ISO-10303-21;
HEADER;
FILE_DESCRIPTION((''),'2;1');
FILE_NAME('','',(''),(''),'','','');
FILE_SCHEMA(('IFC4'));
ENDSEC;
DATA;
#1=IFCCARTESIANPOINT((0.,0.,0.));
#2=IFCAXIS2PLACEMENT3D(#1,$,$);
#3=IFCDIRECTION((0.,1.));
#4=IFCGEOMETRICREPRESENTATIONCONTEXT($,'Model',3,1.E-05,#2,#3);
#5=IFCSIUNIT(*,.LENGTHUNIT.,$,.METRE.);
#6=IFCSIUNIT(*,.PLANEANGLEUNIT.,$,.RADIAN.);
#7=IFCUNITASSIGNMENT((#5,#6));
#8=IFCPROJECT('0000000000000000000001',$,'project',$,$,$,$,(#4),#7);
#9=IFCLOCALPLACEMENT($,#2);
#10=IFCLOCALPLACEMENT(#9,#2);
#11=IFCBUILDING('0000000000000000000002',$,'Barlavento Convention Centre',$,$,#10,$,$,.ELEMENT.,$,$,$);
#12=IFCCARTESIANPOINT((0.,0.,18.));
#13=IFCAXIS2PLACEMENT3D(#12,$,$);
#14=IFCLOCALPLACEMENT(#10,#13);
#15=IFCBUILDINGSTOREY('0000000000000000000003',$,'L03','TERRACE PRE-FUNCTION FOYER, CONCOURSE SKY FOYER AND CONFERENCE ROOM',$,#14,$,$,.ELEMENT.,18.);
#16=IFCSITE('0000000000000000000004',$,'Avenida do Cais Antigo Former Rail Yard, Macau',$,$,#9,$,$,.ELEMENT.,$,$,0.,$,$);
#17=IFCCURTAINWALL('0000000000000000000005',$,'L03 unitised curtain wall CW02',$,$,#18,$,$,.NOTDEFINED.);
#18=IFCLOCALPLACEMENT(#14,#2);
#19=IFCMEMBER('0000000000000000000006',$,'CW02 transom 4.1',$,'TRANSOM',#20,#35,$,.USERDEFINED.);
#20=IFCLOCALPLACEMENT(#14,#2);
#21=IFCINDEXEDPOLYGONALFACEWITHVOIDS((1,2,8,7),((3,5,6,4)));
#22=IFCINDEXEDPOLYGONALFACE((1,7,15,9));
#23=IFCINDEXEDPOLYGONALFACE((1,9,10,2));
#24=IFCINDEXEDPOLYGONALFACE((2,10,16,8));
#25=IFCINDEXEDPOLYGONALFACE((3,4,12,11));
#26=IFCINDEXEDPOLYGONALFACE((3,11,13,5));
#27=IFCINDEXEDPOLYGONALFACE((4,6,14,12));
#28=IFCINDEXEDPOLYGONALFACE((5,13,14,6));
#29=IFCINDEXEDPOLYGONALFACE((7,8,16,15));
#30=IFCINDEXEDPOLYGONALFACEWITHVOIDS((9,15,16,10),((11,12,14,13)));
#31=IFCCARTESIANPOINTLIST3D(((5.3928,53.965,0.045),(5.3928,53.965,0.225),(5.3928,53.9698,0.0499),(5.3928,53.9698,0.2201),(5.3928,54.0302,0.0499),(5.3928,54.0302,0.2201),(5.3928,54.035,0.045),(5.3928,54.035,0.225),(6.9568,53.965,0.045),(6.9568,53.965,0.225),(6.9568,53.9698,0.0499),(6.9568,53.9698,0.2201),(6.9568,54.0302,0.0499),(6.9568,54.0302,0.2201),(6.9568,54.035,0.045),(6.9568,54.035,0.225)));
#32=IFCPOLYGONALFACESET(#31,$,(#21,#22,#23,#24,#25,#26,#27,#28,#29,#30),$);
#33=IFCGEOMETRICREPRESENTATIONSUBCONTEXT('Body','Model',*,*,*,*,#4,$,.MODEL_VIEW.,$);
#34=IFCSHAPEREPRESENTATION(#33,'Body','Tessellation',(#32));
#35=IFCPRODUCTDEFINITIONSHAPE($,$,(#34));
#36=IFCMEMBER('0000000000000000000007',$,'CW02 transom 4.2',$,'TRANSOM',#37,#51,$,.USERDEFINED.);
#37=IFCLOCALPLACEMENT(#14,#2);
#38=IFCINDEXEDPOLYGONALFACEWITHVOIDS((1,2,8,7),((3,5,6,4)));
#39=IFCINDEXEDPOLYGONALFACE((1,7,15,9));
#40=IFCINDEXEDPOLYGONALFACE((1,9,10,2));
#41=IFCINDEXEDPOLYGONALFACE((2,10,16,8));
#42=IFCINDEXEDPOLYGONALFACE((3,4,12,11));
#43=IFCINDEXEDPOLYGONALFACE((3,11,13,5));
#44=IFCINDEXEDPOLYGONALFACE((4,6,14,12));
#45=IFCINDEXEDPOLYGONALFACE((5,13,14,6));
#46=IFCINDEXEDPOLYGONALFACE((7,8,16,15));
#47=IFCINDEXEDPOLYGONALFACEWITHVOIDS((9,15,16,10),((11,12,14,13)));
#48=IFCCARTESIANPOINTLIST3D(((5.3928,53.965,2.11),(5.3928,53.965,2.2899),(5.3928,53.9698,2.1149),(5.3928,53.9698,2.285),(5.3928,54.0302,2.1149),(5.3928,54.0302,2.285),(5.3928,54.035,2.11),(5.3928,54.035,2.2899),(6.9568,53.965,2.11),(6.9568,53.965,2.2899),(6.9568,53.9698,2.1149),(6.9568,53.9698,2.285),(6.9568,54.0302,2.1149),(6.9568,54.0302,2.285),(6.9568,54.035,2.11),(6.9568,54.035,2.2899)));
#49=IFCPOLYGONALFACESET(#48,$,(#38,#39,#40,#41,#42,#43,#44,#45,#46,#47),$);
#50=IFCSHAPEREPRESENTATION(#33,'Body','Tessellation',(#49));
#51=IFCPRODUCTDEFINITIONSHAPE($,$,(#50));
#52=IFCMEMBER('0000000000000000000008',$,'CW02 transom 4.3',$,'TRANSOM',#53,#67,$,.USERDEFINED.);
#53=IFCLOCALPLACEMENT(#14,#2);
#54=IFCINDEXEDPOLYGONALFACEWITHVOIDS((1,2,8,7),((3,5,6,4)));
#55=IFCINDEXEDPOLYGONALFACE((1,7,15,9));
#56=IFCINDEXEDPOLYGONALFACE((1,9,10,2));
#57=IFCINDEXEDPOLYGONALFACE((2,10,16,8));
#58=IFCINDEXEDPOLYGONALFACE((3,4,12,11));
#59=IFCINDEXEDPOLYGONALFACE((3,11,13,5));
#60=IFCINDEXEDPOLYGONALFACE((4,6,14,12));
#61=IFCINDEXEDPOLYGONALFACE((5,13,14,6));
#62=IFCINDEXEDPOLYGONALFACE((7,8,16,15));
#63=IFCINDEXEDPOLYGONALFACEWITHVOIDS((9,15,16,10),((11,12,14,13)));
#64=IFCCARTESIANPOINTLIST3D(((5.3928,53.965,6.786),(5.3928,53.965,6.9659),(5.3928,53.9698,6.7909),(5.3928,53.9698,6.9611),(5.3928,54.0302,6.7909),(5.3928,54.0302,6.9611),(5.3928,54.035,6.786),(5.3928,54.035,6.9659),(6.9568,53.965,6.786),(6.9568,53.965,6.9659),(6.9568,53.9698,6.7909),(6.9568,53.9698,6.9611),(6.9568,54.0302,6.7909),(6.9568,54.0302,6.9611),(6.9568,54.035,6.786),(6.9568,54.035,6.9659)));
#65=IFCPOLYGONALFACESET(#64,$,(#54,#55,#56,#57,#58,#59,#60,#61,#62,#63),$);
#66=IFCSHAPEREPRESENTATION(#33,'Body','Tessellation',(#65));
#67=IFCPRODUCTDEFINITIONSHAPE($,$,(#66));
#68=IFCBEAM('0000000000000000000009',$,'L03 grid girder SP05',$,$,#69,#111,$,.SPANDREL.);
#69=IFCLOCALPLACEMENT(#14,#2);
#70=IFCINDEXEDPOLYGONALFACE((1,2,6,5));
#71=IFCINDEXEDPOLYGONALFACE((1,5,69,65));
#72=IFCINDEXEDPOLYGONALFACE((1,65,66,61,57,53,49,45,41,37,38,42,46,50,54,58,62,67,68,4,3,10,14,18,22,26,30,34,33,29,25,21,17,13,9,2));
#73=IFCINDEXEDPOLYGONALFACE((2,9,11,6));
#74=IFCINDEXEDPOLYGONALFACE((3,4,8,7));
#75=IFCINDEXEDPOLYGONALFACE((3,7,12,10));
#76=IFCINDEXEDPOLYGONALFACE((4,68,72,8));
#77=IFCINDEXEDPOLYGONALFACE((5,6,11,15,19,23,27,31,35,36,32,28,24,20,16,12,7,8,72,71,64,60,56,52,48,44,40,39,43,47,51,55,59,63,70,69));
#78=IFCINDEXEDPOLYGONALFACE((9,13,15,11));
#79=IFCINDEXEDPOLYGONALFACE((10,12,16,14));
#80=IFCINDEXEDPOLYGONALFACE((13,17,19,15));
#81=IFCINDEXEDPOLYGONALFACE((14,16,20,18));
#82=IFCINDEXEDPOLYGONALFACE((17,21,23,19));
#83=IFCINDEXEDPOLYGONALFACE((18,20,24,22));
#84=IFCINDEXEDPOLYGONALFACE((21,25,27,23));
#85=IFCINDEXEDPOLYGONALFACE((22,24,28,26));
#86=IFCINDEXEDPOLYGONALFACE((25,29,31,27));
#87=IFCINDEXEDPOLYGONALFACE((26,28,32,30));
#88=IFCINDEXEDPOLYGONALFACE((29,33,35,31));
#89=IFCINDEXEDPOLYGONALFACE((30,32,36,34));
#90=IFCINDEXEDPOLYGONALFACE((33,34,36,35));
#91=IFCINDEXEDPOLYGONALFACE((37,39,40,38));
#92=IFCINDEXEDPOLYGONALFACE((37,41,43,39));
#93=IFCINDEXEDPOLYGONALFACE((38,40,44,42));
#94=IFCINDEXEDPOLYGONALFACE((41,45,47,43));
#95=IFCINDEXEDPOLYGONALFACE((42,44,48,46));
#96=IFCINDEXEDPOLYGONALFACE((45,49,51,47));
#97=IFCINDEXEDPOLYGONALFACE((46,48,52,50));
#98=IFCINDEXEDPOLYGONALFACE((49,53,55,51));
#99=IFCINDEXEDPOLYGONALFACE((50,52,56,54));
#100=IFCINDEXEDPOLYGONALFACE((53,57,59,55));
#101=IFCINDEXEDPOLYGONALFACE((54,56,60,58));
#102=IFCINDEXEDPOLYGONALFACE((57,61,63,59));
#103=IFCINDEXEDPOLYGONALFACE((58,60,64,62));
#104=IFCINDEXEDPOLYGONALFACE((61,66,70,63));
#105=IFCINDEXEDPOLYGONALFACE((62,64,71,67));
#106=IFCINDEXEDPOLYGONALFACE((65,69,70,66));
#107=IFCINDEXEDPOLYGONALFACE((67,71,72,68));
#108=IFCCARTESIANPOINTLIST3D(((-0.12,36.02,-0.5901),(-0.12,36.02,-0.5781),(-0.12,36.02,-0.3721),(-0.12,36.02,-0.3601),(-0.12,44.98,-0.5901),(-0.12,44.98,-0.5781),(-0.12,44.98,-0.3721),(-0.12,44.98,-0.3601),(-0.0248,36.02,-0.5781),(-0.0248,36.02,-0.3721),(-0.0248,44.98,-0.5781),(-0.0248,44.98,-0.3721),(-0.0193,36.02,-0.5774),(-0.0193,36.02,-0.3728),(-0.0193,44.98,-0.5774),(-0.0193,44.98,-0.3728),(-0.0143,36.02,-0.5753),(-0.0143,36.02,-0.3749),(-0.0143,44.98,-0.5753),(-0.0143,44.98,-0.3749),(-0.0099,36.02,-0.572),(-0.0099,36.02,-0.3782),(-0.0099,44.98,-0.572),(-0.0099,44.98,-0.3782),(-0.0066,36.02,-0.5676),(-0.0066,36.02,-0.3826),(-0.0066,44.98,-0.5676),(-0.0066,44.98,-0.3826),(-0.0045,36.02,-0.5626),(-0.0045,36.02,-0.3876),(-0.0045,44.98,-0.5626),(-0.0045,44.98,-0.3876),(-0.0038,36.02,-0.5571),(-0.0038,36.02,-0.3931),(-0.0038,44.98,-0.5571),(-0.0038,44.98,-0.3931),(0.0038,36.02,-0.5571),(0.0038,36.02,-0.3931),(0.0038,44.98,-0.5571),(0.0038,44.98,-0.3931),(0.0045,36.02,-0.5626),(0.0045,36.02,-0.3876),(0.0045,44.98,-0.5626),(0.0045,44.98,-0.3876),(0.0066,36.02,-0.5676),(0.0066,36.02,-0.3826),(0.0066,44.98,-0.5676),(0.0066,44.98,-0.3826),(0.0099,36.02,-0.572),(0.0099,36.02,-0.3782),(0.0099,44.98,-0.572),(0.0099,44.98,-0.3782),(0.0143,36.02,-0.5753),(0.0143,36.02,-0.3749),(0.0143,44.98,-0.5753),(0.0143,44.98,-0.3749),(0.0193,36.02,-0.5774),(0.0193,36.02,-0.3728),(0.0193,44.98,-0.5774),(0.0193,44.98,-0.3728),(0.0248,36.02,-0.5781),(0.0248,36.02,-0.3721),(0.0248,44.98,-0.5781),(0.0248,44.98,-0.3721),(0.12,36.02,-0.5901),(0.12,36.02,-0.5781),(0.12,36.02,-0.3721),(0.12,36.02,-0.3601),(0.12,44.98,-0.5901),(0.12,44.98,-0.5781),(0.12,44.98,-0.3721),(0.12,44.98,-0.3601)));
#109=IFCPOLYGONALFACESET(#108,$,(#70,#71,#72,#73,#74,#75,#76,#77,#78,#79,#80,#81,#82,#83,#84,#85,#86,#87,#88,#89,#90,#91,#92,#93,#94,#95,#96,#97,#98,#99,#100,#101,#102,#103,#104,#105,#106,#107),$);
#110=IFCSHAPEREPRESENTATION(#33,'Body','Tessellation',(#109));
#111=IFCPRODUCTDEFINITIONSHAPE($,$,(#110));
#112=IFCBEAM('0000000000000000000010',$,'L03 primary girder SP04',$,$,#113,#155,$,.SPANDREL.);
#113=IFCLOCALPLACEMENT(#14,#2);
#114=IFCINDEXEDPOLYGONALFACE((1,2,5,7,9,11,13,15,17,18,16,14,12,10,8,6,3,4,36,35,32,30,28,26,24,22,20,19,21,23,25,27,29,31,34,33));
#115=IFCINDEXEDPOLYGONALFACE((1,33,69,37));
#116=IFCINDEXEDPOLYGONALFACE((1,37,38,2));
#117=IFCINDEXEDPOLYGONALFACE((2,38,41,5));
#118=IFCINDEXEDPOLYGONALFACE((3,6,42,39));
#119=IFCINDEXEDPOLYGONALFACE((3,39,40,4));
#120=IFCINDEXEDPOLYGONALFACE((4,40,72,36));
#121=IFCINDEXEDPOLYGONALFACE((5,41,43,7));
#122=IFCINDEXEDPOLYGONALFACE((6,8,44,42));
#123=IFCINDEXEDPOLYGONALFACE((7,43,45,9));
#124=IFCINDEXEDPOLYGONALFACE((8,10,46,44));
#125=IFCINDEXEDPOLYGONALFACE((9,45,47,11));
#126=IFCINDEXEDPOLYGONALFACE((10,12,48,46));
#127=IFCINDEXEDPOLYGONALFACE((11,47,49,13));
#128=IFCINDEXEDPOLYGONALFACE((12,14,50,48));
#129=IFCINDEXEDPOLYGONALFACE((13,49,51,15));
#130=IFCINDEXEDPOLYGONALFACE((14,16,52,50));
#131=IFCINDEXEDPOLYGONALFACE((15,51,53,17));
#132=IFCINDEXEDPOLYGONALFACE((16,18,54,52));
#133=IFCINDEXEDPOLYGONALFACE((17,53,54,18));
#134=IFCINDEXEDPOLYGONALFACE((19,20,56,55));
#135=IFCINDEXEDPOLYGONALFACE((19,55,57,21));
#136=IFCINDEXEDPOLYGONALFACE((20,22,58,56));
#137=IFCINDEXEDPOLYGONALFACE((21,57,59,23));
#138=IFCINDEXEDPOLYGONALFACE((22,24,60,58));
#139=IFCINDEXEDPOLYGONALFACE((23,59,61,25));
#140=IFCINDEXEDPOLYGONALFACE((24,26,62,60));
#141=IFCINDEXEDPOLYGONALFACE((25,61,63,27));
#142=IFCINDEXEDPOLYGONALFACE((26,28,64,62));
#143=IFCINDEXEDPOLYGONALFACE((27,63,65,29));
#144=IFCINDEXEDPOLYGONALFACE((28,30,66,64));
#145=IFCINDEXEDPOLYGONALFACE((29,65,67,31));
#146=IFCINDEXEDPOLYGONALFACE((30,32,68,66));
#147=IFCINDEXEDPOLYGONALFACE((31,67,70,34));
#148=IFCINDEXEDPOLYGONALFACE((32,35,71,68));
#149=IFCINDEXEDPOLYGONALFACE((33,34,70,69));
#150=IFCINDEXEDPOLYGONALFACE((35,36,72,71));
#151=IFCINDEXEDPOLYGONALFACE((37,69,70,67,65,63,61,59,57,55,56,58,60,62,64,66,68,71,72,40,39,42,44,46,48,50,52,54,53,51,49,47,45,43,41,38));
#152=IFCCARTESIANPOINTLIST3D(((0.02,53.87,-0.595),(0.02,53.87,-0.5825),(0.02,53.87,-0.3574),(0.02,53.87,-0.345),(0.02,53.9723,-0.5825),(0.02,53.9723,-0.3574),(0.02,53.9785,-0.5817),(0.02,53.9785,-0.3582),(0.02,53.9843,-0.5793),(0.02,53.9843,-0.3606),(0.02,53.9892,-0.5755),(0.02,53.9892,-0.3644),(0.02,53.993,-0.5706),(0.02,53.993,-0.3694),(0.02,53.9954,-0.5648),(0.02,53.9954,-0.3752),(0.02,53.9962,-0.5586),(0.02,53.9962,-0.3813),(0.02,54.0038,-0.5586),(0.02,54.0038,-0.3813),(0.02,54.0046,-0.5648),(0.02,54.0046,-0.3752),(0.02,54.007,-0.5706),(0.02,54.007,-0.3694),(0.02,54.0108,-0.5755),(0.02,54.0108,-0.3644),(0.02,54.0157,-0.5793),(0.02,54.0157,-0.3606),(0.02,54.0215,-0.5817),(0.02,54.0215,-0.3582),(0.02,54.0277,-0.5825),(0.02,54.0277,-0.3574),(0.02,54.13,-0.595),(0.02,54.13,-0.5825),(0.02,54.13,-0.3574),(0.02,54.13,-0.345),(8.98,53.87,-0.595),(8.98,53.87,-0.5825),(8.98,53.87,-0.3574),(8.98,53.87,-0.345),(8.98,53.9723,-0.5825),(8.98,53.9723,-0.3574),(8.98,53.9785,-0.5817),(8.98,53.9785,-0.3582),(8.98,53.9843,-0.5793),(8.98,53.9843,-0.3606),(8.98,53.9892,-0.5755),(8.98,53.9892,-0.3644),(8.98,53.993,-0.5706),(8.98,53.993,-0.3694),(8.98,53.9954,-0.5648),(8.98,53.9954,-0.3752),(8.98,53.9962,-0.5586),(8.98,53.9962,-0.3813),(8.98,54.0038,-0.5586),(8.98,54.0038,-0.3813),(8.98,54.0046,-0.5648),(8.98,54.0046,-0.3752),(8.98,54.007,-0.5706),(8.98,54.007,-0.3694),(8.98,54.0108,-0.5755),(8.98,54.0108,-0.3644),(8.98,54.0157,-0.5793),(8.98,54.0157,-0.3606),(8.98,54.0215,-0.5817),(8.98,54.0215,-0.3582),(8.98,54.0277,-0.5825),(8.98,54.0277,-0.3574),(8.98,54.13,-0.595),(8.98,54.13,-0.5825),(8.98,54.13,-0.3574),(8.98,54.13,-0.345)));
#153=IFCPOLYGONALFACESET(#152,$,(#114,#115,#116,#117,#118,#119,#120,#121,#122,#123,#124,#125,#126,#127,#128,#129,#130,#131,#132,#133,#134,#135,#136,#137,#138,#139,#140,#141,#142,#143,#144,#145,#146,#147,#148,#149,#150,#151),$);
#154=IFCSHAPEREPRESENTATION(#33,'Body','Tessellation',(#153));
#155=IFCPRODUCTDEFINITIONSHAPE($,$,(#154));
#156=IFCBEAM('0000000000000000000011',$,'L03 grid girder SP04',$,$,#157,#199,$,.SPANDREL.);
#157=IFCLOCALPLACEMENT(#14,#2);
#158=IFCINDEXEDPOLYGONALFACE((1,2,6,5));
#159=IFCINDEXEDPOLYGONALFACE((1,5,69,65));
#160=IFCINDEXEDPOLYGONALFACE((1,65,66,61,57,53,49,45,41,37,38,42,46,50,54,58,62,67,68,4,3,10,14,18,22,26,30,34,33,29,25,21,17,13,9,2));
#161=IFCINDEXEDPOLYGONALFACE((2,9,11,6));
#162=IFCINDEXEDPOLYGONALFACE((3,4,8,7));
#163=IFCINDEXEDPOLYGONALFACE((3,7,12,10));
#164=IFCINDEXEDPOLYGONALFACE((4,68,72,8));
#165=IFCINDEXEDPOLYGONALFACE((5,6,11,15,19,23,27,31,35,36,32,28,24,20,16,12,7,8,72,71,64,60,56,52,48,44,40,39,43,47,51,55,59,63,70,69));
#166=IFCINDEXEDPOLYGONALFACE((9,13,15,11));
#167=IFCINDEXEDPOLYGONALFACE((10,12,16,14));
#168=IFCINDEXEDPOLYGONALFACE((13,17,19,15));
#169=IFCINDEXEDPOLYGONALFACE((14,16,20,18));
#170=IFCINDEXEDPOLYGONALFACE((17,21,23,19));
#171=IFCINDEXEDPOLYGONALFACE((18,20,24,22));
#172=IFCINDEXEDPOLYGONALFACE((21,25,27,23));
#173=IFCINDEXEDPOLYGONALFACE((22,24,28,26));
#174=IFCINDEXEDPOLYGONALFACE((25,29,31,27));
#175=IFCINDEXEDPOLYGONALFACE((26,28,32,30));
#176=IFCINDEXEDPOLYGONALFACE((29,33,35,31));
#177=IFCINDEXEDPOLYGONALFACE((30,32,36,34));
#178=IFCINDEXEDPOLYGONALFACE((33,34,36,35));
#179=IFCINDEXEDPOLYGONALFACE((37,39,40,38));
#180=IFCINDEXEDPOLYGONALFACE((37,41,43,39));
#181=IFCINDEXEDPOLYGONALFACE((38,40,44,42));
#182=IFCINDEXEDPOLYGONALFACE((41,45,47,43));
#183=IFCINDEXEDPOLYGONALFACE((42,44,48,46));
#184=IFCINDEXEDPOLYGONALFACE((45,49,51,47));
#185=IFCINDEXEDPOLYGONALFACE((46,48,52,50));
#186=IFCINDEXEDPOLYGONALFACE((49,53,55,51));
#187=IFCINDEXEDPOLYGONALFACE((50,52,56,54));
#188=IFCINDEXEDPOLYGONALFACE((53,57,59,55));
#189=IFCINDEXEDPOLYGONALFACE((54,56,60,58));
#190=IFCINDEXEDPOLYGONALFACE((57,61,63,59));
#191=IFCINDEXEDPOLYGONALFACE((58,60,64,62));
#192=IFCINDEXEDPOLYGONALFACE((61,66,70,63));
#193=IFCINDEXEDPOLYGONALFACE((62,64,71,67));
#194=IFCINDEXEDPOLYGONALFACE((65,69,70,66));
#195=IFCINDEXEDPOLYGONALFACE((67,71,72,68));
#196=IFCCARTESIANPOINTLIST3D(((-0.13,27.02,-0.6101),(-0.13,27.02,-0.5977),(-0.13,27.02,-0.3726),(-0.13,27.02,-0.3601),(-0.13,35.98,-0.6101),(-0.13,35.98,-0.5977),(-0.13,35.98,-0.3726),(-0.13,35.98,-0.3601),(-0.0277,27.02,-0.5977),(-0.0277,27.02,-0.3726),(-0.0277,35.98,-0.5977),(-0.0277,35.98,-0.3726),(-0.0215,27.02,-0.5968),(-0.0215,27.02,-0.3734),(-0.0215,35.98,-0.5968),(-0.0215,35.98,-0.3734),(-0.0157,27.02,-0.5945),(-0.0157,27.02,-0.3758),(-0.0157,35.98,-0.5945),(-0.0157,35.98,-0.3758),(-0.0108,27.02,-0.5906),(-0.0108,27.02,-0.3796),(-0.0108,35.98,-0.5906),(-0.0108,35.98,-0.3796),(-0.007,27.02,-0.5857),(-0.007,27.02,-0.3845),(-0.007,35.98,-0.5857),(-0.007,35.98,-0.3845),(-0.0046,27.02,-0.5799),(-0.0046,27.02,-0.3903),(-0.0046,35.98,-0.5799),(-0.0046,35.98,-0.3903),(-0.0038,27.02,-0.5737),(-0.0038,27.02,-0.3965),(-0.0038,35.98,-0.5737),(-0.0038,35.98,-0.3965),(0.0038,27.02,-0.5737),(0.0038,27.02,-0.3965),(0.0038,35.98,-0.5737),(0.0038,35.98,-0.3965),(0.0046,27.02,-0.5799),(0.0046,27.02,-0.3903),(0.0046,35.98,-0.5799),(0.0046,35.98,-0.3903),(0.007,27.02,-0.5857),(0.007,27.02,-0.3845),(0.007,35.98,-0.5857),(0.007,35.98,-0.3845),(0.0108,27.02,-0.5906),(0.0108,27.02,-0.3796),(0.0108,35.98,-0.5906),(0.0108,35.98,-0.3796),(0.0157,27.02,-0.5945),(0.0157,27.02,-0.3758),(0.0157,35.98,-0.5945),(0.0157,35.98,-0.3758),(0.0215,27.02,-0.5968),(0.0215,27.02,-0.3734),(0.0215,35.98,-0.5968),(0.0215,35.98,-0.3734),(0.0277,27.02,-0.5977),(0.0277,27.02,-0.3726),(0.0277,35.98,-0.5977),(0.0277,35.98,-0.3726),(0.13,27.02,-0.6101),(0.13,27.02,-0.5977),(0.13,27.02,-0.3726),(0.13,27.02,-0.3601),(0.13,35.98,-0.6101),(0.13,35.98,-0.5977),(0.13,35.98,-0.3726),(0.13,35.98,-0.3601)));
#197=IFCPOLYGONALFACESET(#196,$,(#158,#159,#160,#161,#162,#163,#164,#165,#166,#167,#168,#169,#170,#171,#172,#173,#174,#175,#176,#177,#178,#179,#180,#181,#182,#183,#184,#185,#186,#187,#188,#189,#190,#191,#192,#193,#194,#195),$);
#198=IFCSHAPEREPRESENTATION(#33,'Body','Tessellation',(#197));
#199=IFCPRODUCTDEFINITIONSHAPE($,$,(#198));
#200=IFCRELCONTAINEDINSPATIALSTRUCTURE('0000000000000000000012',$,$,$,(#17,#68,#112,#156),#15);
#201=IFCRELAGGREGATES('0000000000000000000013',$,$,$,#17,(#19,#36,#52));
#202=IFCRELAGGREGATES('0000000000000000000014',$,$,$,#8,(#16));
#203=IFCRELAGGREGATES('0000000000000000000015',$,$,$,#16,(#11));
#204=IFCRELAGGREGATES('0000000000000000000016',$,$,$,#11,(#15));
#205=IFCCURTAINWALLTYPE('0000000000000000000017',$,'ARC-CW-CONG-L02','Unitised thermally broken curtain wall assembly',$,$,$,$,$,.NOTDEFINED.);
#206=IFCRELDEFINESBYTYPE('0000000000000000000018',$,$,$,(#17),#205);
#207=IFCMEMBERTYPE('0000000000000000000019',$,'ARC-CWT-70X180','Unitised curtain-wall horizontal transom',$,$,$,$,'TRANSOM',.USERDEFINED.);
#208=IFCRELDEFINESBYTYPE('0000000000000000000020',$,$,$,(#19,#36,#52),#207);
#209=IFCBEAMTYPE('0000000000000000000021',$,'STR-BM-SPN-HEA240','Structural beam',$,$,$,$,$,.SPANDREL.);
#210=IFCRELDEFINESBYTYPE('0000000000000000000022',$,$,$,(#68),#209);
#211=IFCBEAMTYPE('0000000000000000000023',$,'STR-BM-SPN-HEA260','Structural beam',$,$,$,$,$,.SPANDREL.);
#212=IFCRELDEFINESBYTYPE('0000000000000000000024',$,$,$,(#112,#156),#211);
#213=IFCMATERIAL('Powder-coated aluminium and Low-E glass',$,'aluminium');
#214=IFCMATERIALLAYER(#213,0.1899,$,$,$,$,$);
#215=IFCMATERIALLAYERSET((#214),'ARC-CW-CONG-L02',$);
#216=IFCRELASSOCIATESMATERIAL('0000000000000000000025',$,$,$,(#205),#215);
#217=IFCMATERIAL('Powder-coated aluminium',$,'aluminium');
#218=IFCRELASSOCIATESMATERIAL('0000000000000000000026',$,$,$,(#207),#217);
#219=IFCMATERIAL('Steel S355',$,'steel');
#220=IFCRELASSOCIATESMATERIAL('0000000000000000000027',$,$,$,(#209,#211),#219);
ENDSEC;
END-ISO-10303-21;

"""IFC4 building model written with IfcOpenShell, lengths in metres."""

from ifc_helpers import new_model, si_unit, direction, frame, origin, origin_2d, place, context, subcontext, project, spatial, hollow_rectangle, i_section, extrude, material, layer, layer_set, material_profile, profile_set, type_object, element, aggregate, save


model = new_model("IFC4")

# Units and contexts
model_context = context("Model", 3, precision=1e-05, world=origin(), true_north=direction((0.0, 1.0)))
body_context = subcontext(model_context, "Body", "Model", "MODEL_VIEW")
ifc_project = project(units=[si_unit("LENGTHUNIT", "METRE"), si_unit("PLANEANGLEUNIT", "RADIAN")], contexts=[model_context])

# Site, building, storey
site_placement = place(None, origin())
site = spatial("IfcSite", under=ifc_project, at=site_placement, Name="Avenida do Cais Antigo Former Rail Yard, Macau", CompositionType="ELEMENT", RefElevation=0.0)
building_placement = place(site_placement, origin())
building = spatial("IfcBuilding", under=site, at=building_placement, Name="Barlavento Convention Centre", CompositionType="ELEMENT")
storey_placement = place(building_placement, frame((0.0, 0.0, 18.0)))
storey = spatial("IfcBuildingStorey", under=building, at=storey_placement, Name="L03", Description="TERRACE PRE-FUNCTION FOYER, CONCOURSE SKY FOYER AND CONFERENCE ROOM", CompositionType="ELEMENT", Elevation=18.0)

# Shared definitions
ifc_material_1 = material(Name="Steel S355", Category="steel")

# Curtain wall, members
ifc_material_2 = material(Name="Powder-coated aluminium and Low-E glass", Category="aluminium")
ifc_layer_1 = layer(ifc_material_2, 0.1899)
ifc_layer_set_1 = layer_set([ifc_layer_1], Name="ARC-CW-CONG-L02")
curtain_wall_type = type_object("IfcCurtainWallType", Name="ARC-CW-CONG-L02", Description="Unitised thermally broken curtain wall assembly", PredefinedType="NOTDEFINED", material=ifc_layer_set_1)
curtain_wall_placement = place(storey_placement, origin())
curtain_wall = element("IfcCurtainWall", 1, at=curtain_wall_placement, inside=storey, type_object=curtain_wall_type, Name="L03 unitised curtain wall CW02", PredefinedType="NOTDEFINED")
ifc_material_3 = material(Name="Powder-coated aluminium", Category="aluminium")
ifc_material_profile_1 = material_profile(ifc_material_3, hollow_rectangle(XDim=0.0701, YDim=0.1799, WallThickness=0.0049, at=origin_2d()), Name="AL-TRAN 70x180x5")
ifc_profile_set_1 = profile_set([ifc_material_profile_1], Name="Powder-coated aluminium")
member_type_1 = type_object("IfcMemberType", Name="ARC-CWT-70X180", Description="Unitised curtain-wall horizontal transom", ElementType="TRANSOM", PredefinedType="USERDEFINED", material=ifc_profile_set_1)
member_1_placement = place(storey_placement, frame((5.3928, 54.0, 0.135), z_axis=(1.0, 0.0, 0.0), x_axis=(0.0, 1.0, 0.0)))
member_1 = element("IfcMember", 2, at=member_1_placement, type_object=member_type_1, Name="CW02 transom 4.1", ObjectType="TRANSOM", PredefinedType="USERDEFINED", context=body_context, shape_type="SweptSolid", body=[
    extrude(hollow_rectangle(XDim=0.0701, YDim=0.1799, WallThickness=0.0049, at=origin_2d()), origin(), (0.0, 0.0, 1.0), 1.564),
])
member_2_placement = place(storey_placement, frame((5.3928, 54.0, 2.2), z_axis=(1.0, 0.0, 0.0), x_axis=(0.0, 1.0, 0.0)))
member_2 = element("IfcMember", 3, at=member_2_placement, type_object=member_type_1, Name="CW02 transom 4.2", ObjectType="TRANSOM", PredefinedType="USERDEFINED", context=body_context, shape_type="SweptSolid", body=[
    extrude(hollow_rectangle(XDim=0.0701, YDim=0.1799, WallThickness=0.0049, at=origin_2d()), origin(), (0.0, 0.0, 1.0), 1.564),
])
member_3_placement = place(storey_placement, frame((5.3928, 54.0, 6.876), z_axis=(1.0, 0.0, 0.0), x_axis=(0.0, 1.0, 0.0)))
member_3 = element("IfcMember", 4, at=member_3_placement, type_object=member_type_1, Name="CW02 transom 4.3", ObjectType="TRANSOM", PredefinedType="USERDEFINED", context=body_context, shape_type="SweptSolid", body=[
    extrude(hollow_rectangle(XDim=0.0701, YDim=0.1799, WallThickness=0.0049, at=origin_2d()), origin(), (0.0, 0.0, 1.0), 1.564),
])

# Beams
ifc_material_profile_2 = material_profile(ifc_material_1, i_section(OverallWidth=0.24, OverallDepth=0.23, WebThickness=0.0076, FlangeThickness=0.012, FilletRadius=0.021, at=origin_2d()), Name="HEA 240")
ifc_profile_set_2 = profile_set([ifc_material_profile_2], Name="Steel S355")
beam_type_1 = type_object("IfcBeamType", Name="STR-BM-SPN-HEA240", Description="Structural beam", PredefinedType="SPANDREL", material=ifc_profile_set_2)
beam_1_placement = place(storey_placement, frame((0.0, 36.02, -0.4751), z_axis=(0.0, 1.0, 0.0), x_axis=(-1.0, 0.0, 0.0)))
element("IfcBeam", 5, at=beam_1_placement, inside=storey, type_object=beam_type_1, Name="L03 grid girder SP05", PredefinedType="SPANDREL", context=body_context, shape_type="SweptSolid", body=[
    extrude(i_section(OverallWidth=0.24, OverallDepth=0.23, WebThickness=0.0076, FlangeThickness=0.012, FilletRadius=0.021, at=origin_2d()), origin(), (0.0, 0.0, 1.0), 8.96),
])
ifc_material_profile_3 = material_profile(ifc_material_1, i_section(OverallWidth=0.26, OverallDepth=0.25, WebThickness=0.0076, FlangeThickness=0.0125, FilletRadius=0.0239, at=origin_2d()), Name="HEA 260")
ifc_profile_set_3 = profile_set([ifc_material_profile_3], Name="Steel S355")
beam_type_2 = type_object("IfcBeamType", Name="STR-BM-SPN-HEA260", Description="Structural beam", PredefinedType="SPANDREL", material=ifc_profile_set_3)
for number, where, z_axis, x_axis, name in (
    (6, (0.02, 54.0, -0.47), (1.0, 0.0, 0.0), (0.0, 1.0, 0.0), "L03 primary girder SP04"),
    (7, (0.0, 27.02, -0.4851), (0.0, 1.0, 0.0), (-1.0, 0.0, 0.0), "L03 grid girder SP04"),
):
    element("IfcBeam", number, at=place(storey_placement, frame(where, z_axis=z_axis, x_axis=x_axis)), inside=storey, type_object=beam_type_2, Name=name, PredefinedType="SPANDREL", context=body_context, shape_type="SweptSolid", body=[
        extrude(i_section(OverallWidth=0.26, OverallDepth=0.25, WebThickness=0.0076, FlangeThickness=0.0125, FilletRadius=0.0239, at=origin_2d()), origin(), (0.0, 0.0, 1.0), 8.96),
    ])

aggregate(curtain_wall, [member_1, member_2, member_3])

save(model, "model.ifc")
